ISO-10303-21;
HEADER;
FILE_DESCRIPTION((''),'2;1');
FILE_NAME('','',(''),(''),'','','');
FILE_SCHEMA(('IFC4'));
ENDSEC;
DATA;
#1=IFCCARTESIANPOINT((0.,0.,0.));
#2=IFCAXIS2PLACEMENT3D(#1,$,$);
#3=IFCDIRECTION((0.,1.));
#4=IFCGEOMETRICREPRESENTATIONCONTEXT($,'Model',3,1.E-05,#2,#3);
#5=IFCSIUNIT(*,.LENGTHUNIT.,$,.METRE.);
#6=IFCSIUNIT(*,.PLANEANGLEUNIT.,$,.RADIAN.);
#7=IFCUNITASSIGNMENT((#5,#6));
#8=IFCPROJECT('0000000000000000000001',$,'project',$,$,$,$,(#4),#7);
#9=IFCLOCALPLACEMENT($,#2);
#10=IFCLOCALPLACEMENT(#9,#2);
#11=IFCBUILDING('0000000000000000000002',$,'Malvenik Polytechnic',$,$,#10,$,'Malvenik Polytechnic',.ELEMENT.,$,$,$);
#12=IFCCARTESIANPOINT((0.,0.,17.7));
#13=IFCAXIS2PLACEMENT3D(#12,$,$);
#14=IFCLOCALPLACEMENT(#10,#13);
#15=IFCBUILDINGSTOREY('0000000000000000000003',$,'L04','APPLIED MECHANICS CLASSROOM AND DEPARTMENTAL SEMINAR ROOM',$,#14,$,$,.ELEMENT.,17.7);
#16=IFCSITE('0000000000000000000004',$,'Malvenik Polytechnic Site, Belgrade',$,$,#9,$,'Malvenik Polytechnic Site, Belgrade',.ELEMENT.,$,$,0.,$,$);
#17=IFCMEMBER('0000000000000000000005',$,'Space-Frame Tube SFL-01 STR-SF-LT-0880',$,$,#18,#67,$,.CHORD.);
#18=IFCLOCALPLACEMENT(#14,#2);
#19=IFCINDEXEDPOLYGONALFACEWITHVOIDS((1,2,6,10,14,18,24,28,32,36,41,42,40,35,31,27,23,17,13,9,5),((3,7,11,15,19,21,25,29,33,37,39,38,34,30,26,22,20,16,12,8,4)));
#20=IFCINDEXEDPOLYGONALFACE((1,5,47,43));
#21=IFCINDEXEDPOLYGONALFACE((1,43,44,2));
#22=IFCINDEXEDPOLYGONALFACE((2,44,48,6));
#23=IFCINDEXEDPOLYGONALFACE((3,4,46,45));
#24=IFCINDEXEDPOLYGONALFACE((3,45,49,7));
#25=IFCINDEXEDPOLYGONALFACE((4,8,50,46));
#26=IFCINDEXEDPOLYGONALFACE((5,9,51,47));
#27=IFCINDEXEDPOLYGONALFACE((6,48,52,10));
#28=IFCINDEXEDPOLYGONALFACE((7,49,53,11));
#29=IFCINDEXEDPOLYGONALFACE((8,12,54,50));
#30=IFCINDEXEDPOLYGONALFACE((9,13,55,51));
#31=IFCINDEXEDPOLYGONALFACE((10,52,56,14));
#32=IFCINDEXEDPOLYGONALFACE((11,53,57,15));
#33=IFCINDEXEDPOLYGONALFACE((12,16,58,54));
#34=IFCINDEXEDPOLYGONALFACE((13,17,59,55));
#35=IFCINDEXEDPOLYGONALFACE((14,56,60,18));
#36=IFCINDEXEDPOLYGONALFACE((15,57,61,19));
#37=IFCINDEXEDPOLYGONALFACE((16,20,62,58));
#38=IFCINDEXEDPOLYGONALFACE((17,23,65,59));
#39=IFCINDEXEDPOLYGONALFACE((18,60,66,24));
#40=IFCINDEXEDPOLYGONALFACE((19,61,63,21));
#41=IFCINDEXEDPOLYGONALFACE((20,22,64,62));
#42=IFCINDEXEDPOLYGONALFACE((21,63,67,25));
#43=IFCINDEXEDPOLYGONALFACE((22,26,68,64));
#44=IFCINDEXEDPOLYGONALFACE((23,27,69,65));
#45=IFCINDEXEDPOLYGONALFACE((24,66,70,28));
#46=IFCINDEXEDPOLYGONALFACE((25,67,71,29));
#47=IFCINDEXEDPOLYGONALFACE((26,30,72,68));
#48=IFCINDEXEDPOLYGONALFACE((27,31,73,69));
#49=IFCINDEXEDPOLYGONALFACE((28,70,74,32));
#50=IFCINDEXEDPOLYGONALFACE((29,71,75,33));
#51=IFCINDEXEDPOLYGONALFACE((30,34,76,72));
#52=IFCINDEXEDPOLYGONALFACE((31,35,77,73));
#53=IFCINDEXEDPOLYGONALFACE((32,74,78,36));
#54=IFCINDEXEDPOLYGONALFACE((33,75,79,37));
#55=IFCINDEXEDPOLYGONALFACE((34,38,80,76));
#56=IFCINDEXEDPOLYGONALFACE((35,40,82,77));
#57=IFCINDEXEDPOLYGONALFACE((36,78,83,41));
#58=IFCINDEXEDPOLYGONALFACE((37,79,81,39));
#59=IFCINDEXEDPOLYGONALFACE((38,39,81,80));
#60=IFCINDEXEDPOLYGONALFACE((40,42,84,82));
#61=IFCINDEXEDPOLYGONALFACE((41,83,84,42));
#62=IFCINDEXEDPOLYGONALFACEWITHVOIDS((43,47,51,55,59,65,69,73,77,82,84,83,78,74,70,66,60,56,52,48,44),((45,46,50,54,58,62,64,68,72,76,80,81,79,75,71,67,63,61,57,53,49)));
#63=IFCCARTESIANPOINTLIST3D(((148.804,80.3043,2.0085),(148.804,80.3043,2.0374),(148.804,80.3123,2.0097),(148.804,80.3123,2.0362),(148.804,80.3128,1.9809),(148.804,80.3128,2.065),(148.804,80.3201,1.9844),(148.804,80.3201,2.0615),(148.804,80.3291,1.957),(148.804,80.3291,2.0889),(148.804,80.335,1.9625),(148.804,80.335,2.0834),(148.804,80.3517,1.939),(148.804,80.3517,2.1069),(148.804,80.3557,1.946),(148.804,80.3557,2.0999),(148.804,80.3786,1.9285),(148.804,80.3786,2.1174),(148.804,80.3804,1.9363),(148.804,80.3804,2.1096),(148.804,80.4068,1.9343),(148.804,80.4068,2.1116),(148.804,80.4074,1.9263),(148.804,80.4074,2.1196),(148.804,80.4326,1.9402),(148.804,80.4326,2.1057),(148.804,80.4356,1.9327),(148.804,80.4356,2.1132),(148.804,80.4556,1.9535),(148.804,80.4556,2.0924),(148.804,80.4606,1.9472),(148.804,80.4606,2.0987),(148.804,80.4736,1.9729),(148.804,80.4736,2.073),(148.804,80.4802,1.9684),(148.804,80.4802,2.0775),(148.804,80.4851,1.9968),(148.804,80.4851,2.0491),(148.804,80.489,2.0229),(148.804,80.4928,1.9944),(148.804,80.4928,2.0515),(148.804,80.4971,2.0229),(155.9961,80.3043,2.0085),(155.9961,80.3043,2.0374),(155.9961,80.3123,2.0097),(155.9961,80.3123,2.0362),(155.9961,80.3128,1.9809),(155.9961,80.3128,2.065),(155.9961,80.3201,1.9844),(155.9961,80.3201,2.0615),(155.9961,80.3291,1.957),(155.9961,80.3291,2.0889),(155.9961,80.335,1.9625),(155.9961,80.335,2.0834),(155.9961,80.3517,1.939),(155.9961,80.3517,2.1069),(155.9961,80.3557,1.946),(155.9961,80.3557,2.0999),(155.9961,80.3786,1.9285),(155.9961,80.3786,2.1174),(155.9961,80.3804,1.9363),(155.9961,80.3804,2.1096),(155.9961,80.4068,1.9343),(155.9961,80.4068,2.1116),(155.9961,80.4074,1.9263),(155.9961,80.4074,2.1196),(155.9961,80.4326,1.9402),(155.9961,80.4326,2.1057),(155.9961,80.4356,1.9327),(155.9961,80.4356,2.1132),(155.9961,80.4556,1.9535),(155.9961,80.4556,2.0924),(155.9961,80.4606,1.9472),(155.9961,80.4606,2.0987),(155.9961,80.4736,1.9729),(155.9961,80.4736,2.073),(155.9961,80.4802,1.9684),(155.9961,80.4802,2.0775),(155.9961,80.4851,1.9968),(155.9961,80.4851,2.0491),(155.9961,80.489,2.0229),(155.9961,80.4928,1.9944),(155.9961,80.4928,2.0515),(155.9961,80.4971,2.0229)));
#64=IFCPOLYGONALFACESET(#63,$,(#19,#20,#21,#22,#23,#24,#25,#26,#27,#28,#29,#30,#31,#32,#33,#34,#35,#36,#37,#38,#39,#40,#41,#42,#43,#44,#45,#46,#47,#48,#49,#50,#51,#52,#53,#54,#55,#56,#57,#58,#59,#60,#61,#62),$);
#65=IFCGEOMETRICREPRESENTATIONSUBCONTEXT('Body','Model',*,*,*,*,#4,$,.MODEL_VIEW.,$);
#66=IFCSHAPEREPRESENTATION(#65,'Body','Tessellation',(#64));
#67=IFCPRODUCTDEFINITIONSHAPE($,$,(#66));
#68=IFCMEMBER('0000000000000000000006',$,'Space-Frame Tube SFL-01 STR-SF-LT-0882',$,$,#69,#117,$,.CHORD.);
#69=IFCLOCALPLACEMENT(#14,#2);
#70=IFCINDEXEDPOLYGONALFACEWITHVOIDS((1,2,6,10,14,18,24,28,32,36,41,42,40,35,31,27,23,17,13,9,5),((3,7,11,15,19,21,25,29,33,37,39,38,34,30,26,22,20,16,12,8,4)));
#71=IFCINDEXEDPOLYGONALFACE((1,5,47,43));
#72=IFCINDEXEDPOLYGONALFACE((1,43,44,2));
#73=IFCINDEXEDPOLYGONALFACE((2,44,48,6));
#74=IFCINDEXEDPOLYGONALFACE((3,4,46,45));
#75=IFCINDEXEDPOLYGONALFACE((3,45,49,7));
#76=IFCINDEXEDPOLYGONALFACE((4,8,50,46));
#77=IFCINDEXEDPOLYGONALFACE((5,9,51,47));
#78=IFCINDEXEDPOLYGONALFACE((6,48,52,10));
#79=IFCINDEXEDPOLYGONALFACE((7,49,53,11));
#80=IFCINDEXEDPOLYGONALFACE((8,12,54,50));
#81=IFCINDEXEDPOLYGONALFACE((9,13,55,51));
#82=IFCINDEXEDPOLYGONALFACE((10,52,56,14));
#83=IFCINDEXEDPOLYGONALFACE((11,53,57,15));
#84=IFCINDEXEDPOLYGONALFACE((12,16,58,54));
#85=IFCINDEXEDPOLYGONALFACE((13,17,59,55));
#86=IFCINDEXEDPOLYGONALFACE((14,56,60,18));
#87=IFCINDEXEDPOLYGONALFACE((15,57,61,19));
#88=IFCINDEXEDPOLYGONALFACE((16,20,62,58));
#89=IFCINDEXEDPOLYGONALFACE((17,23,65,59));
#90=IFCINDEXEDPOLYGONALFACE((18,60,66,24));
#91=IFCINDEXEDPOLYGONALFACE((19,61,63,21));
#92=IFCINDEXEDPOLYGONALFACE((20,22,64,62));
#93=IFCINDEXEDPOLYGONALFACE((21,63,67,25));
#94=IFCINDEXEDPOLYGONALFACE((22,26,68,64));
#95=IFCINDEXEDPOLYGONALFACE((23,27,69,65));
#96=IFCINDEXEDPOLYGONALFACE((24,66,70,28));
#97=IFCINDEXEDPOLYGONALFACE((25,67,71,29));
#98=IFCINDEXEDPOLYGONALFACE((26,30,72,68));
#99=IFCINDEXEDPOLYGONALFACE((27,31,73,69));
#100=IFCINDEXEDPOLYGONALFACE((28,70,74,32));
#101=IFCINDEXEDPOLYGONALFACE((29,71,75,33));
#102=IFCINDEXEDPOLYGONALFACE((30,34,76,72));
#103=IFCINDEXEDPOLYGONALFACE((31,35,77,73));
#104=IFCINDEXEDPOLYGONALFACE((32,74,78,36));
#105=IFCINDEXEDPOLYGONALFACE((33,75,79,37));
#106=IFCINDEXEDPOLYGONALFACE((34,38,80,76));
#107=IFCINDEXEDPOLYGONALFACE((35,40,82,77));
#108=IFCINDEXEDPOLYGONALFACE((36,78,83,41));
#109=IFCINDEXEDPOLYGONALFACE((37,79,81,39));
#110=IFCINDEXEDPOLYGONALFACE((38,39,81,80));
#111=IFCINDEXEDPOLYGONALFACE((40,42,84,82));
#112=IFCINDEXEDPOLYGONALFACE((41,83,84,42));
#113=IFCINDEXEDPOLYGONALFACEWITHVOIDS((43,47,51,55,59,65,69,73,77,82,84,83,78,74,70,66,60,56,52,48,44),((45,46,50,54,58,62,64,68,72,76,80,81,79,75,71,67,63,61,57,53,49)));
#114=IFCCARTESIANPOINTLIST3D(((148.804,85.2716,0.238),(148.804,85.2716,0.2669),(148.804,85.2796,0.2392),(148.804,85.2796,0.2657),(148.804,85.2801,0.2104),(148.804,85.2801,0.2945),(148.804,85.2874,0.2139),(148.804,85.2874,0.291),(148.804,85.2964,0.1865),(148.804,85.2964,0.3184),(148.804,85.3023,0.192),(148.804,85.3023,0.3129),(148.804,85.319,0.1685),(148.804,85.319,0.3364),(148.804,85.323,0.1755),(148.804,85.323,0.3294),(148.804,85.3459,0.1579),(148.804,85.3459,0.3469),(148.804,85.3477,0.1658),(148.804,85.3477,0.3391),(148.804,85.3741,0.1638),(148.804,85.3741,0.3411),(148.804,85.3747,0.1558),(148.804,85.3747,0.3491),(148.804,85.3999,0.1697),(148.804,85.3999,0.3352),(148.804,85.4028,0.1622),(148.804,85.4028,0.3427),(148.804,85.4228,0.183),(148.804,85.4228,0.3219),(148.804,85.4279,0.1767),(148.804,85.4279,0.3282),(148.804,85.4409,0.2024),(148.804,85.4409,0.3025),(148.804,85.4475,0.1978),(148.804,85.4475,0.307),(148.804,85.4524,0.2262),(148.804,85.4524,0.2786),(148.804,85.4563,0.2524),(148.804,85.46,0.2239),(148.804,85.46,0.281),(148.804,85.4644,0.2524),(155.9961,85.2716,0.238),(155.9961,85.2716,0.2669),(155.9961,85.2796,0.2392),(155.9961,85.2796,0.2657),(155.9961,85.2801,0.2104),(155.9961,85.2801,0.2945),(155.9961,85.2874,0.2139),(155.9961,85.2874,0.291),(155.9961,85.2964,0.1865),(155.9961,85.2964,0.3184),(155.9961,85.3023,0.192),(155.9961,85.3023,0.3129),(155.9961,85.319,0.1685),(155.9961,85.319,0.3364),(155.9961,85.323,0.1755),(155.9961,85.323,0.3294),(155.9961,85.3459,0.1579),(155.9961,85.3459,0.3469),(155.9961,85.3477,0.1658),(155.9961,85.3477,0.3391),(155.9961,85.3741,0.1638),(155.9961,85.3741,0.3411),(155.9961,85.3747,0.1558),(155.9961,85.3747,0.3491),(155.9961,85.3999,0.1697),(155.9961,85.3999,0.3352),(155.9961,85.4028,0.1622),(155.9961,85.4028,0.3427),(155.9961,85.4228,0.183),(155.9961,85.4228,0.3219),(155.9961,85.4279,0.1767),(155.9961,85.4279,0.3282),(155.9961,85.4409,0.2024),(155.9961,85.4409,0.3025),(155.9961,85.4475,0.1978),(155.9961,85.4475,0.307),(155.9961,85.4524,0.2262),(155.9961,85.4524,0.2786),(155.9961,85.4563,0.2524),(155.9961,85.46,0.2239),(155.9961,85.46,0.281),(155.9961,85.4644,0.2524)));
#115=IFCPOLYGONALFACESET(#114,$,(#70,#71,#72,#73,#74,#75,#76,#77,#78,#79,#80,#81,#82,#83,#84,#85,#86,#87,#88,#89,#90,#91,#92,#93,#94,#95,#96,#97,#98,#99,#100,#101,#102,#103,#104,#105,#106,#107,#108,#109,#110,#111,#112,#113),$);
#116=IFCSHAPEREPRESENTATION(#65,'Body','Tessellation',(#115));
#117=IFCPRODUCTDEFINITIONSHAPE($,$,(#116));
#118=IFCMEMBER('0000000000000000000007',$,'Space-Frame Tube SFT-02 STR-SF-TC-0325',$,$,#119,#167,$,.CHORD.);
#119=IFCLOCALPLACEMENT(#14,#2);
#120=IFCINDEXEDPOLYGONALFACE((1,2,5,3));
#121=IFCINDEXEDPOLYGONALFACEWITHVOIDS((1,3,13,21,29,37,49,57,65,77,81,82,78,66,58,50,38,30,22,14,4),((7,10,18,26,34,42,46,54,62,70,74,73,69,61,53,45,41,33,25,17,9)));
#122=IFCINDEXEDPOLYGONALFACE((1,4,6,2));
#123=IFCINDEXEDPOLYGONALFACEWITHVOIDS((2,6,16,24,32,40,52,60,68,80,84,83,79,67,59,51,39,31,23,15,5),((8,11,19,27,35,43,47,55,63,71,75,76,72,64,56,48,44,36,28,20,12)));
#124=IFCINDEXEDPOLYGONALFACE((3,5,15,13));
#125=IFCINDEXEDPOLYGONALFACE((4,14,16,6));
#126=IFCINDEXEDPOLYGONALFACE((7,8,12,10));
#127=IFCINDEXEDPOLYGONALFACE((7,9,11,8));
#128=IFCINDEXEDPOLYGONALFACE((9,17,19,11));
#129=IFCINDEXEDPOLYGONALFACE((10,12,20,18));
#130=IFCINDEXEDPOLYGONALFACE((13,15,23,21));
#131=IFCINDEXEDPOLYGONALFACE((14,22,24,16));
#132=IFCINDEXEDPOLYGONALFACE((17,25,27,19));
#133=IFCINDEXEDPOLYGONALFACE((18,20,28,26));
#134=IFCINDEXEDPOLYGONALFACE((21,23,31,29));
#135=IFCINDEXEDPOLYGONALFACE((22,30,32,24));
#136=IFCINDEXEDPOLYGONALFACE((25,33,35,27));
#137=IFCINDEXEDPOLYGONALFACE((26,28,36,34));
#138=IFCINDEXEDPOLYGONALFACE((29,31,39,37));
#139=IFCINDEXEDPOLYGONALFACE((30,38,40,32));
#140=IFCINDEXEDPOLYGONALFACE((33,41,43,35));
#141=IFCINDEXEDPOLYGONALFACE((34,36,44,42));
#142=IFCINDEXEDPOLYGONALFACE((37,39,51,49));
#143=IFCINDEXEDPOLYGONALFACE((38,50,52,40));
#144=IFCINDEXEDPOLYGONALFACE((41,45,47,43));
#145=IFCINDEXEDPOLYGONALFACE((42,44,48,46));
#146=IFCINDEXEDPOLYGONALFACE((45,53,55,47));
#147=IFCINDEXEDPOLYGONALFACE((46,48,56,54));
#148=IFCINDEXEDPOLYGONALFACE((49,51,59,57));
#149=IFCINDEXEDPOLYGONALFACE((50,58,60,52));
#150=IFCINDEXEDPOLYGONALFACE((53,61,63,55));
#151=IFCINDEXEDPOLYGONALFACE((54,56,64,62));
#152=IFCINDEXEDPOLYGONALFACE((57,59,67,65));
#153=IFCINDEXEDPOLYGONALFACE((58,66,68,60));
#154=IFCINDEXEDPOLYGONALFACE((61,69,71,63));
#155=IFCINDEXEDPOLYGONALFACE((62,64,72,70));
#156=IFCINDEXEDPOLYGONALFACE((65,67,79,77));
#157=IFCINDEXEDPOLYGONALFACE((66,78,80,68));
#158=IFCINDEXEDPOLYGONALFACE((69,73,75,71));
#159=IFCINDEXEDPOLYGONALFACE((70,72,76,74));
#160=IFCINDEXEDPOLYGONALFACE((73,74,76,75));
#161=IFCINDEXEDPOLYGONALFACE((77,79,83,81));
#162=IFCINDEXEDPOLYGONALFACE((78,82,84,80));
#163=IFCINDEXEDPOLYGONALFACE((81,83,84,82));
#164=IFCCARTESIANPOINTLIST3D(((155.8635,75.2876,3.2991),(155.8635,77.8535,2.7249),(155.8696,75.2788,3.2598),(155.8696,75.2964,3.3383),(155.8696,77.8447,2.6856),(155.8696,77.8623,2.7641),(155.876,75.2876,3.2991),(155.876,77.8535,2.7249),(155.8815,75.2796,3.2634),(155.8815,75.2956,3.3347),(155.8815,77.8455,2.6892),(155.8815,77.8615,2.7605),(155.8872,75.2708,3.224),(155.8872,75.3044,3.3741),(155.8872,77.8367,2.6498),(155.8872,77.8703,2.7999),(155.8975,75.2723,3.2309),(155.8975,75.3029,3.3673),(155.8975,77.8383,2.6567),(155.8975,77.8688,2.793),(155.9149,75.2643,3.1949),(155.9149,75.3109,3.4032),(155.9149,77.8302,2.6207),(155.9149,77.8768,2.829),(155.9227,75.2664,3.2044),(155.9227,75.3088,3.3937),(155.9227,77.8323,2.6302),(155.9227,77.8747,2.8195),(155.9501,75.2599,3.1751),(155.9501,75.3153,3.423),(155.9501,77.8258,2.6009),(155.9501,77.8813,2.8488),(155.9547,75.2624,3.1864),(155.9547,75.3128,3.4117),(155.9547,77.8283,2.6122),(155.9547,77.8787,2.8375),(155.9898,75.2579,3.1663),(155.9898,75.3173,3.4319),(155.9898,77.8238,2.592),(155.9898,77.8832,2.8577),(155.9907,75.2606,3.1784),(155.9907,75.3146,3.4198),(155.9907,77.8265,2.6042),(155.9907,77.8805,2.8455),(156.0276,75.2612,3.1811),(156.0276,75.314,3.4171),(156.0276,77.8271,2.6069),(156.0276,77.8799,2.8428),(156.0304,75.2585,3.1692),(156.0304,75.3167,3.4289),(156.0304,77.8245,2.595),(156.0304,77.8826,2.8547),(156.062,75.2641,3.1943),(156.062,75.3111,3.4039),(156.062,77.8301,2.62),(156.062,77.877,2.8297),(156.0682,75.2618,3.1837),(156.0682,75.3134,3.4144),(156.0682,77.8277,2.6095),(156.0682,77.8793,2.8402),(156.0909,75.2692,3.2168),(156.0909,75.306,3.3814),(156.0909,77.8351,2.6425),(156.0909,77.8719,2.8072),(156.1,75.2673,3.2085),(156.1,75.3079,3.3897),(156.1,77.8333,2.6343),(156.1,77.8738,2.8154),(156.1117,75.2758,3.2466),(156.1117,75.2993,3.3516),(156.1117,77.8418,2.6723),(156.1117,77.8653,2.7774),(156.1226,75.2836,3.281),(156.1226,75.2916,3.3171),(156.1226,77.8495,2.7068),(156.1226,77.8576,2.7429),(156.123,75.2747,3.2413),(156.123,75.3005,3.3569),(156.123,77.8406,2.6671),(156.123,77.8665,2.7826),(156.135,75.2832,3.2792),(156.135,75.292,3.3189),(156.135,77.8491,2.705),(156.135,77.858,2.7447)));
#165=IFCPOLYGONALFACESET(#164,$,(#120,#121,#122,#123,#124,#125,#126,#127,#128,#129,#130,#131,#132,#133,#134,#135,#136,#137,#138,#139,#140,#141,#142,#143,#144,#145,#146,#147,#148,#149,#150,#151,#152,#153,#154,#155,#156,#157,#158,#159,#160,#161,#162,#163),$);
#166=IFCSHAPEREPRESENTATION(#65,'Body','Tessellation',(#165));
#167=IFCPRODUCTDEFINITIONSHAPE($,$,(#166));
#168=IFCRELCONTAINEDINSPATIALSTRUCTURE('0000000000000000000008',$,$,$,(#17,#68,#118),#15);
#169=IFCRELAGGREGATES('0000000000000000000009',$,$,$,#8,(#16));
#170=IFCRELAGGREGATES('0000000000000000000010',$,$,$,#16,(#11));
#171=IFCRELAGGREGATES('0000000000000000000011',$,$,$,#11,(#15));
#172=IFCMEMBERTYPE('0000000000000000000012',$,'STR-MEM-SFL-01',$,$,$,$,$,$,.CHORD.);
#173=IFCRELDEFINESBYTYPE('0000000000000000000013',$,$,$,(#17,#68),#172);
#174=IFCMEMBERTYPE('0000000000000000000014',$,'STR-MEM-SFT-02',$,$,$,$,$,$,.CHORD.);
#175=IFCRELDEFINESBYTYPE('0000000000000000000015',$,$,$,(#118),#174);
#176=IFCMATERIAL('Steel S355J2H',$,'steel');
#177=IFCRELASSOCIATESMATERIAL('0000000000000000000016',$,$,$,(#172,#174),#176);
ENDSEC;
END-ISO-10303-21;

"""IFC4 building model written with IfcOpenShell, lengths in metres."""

from ifc_helpers import new_model, si_unit, direction, frame, origin, origin_2d, place, context, subcontext, project, spatial, hollow_circle, extrude, material, material_profile, profile_set, type_object, element, save


model = new_model("IFC4")

# Units and contexts
model_context = context("Model", 3, precision=1e-05, world=origin(), true_north=direction((0.0, 1.0)))
body_context = subcontext(model_context, "Body", "Model", "MODEL_VIEW")
ifc_project = project(units=[si_unit("LENGTHUNIT", "METRE"), si_unit("PLANEANGLEUNIT", "RADIAN")], contexts=[model_context])

# Site, building, storey
site_placement = place(None, origin())
site = spatial("IfcSite", under=ifc_project, at=site_placement, Name="Malvenik Polytechnic Site, Belgrade", LongName="Malvenik Polytechnic Site, Belgrade", CompositionType="ELEMENT", RefElevation=0.0)
building_placement = place(site_placement, origin())
building = spatial("IfcBuilding", under=site, at=building_placement, Name="Malvenik Polytechnic", LongName="Malvenik Polytechnic", CompositionType="ELEMENT")
storey_placement = place(building_placement, frame((0.0, 0.0, 17.7)))
storey = spatial("IfcBuildingStorey", under=building, at=storey_placement, Name="L04", Description="APPLIED MECHANICS CLASSROOM AND DEPARTMENTAL SEMINAR ROOM", CompositionType="ELEMENT", Elevation=17.7)

# Members
ifc_material = material(Name="Steel S355J2H", Category="steel")
ifc_material_profile_1 = material_profile(ifc_material, hollow_circle(Radius=0.0969, WallThickness=0.0081, at=origin_2d()), Name="CHS 193.7x8.0")
ifc_profile_set_1 = profile_set([ifc_material_profile_1], Name="Steel S355J2H")
member_type_1 = type_object("IfcMemberType", Name="STR-MEM-SFL-01", PredefinedType="CHORD", material=ifc_profile_set_1)
for number, where, z_axis, x_axis, name in (
    (1, (148.804, 80.4001, 2.0229), (1.0, 0.0, 0.0), (0.0, 1.0, 0.0), "Space-Frame Tube SFL-01 STR-SF-LT-0880"),
    (2, (148.804, 85.3674, 0.2524), (1.0, 0.0, 0.0), (0.0, 1.0, 0.0), "Space-Frame Tube SFL-01 STR-SF-LT-0882"),
):
    element("IfcMember", number, at=place(storey_placement, frame(where, z_axis=z_axis, x_axis=x_axis)), inside=storey, type_object=member_type_1, Name=name, PredefinedType="CHORD", context=body_context, shape_type="SweptSolid", body=[
        extrude(hollow_circle(Radius=0.0969, WallThickness=0.0081, at=origin_2d()), origin(), (0.0, 0.0, 1.0), 7.1921),
    ])
ifc_material_profile_2 = material_profile(ifc_material, hollow_circle(Radius=0.1365, WallThickness=0.0125, at=origin_2d()), Name="CHS 273.0x12.5")
ifc_profile_set_2 = profile_set([ifc_material_profile_2], Name="Steel S355J2H")
member_type_2 = type_object("IfcMemberType", Name="STR-MEM-SFT-02", PredefinedType="CHORD", material=ifc_profile_set_2)
for number, where, z_axis, x_axis, name in (
    (3, (156.0, 75.2876, 3.2991), (0.0, 0.975863, -0.218385), (-1.0, 0.0, 0.0), "Space-Frame Tube SFT-02 STR-SF-TC-0325"),
):
    element("IfcMember", number, at=place(storey_placement, frame(where, z_axis=z_axis, x_axis=x_axis)), inside=storey, type_object=member_type_2, Name=name, PredefinedType="CHORD", context=body_context, shape_type="SweptSolid", body=[
        extrude(hollow_circle(Radius=0.1365, WallThickness=0.0125, at=origin_2d()), origin(), (0.0, 0.0, 1.0), 2.6294),
    ])

save(model, "model.ifc")
